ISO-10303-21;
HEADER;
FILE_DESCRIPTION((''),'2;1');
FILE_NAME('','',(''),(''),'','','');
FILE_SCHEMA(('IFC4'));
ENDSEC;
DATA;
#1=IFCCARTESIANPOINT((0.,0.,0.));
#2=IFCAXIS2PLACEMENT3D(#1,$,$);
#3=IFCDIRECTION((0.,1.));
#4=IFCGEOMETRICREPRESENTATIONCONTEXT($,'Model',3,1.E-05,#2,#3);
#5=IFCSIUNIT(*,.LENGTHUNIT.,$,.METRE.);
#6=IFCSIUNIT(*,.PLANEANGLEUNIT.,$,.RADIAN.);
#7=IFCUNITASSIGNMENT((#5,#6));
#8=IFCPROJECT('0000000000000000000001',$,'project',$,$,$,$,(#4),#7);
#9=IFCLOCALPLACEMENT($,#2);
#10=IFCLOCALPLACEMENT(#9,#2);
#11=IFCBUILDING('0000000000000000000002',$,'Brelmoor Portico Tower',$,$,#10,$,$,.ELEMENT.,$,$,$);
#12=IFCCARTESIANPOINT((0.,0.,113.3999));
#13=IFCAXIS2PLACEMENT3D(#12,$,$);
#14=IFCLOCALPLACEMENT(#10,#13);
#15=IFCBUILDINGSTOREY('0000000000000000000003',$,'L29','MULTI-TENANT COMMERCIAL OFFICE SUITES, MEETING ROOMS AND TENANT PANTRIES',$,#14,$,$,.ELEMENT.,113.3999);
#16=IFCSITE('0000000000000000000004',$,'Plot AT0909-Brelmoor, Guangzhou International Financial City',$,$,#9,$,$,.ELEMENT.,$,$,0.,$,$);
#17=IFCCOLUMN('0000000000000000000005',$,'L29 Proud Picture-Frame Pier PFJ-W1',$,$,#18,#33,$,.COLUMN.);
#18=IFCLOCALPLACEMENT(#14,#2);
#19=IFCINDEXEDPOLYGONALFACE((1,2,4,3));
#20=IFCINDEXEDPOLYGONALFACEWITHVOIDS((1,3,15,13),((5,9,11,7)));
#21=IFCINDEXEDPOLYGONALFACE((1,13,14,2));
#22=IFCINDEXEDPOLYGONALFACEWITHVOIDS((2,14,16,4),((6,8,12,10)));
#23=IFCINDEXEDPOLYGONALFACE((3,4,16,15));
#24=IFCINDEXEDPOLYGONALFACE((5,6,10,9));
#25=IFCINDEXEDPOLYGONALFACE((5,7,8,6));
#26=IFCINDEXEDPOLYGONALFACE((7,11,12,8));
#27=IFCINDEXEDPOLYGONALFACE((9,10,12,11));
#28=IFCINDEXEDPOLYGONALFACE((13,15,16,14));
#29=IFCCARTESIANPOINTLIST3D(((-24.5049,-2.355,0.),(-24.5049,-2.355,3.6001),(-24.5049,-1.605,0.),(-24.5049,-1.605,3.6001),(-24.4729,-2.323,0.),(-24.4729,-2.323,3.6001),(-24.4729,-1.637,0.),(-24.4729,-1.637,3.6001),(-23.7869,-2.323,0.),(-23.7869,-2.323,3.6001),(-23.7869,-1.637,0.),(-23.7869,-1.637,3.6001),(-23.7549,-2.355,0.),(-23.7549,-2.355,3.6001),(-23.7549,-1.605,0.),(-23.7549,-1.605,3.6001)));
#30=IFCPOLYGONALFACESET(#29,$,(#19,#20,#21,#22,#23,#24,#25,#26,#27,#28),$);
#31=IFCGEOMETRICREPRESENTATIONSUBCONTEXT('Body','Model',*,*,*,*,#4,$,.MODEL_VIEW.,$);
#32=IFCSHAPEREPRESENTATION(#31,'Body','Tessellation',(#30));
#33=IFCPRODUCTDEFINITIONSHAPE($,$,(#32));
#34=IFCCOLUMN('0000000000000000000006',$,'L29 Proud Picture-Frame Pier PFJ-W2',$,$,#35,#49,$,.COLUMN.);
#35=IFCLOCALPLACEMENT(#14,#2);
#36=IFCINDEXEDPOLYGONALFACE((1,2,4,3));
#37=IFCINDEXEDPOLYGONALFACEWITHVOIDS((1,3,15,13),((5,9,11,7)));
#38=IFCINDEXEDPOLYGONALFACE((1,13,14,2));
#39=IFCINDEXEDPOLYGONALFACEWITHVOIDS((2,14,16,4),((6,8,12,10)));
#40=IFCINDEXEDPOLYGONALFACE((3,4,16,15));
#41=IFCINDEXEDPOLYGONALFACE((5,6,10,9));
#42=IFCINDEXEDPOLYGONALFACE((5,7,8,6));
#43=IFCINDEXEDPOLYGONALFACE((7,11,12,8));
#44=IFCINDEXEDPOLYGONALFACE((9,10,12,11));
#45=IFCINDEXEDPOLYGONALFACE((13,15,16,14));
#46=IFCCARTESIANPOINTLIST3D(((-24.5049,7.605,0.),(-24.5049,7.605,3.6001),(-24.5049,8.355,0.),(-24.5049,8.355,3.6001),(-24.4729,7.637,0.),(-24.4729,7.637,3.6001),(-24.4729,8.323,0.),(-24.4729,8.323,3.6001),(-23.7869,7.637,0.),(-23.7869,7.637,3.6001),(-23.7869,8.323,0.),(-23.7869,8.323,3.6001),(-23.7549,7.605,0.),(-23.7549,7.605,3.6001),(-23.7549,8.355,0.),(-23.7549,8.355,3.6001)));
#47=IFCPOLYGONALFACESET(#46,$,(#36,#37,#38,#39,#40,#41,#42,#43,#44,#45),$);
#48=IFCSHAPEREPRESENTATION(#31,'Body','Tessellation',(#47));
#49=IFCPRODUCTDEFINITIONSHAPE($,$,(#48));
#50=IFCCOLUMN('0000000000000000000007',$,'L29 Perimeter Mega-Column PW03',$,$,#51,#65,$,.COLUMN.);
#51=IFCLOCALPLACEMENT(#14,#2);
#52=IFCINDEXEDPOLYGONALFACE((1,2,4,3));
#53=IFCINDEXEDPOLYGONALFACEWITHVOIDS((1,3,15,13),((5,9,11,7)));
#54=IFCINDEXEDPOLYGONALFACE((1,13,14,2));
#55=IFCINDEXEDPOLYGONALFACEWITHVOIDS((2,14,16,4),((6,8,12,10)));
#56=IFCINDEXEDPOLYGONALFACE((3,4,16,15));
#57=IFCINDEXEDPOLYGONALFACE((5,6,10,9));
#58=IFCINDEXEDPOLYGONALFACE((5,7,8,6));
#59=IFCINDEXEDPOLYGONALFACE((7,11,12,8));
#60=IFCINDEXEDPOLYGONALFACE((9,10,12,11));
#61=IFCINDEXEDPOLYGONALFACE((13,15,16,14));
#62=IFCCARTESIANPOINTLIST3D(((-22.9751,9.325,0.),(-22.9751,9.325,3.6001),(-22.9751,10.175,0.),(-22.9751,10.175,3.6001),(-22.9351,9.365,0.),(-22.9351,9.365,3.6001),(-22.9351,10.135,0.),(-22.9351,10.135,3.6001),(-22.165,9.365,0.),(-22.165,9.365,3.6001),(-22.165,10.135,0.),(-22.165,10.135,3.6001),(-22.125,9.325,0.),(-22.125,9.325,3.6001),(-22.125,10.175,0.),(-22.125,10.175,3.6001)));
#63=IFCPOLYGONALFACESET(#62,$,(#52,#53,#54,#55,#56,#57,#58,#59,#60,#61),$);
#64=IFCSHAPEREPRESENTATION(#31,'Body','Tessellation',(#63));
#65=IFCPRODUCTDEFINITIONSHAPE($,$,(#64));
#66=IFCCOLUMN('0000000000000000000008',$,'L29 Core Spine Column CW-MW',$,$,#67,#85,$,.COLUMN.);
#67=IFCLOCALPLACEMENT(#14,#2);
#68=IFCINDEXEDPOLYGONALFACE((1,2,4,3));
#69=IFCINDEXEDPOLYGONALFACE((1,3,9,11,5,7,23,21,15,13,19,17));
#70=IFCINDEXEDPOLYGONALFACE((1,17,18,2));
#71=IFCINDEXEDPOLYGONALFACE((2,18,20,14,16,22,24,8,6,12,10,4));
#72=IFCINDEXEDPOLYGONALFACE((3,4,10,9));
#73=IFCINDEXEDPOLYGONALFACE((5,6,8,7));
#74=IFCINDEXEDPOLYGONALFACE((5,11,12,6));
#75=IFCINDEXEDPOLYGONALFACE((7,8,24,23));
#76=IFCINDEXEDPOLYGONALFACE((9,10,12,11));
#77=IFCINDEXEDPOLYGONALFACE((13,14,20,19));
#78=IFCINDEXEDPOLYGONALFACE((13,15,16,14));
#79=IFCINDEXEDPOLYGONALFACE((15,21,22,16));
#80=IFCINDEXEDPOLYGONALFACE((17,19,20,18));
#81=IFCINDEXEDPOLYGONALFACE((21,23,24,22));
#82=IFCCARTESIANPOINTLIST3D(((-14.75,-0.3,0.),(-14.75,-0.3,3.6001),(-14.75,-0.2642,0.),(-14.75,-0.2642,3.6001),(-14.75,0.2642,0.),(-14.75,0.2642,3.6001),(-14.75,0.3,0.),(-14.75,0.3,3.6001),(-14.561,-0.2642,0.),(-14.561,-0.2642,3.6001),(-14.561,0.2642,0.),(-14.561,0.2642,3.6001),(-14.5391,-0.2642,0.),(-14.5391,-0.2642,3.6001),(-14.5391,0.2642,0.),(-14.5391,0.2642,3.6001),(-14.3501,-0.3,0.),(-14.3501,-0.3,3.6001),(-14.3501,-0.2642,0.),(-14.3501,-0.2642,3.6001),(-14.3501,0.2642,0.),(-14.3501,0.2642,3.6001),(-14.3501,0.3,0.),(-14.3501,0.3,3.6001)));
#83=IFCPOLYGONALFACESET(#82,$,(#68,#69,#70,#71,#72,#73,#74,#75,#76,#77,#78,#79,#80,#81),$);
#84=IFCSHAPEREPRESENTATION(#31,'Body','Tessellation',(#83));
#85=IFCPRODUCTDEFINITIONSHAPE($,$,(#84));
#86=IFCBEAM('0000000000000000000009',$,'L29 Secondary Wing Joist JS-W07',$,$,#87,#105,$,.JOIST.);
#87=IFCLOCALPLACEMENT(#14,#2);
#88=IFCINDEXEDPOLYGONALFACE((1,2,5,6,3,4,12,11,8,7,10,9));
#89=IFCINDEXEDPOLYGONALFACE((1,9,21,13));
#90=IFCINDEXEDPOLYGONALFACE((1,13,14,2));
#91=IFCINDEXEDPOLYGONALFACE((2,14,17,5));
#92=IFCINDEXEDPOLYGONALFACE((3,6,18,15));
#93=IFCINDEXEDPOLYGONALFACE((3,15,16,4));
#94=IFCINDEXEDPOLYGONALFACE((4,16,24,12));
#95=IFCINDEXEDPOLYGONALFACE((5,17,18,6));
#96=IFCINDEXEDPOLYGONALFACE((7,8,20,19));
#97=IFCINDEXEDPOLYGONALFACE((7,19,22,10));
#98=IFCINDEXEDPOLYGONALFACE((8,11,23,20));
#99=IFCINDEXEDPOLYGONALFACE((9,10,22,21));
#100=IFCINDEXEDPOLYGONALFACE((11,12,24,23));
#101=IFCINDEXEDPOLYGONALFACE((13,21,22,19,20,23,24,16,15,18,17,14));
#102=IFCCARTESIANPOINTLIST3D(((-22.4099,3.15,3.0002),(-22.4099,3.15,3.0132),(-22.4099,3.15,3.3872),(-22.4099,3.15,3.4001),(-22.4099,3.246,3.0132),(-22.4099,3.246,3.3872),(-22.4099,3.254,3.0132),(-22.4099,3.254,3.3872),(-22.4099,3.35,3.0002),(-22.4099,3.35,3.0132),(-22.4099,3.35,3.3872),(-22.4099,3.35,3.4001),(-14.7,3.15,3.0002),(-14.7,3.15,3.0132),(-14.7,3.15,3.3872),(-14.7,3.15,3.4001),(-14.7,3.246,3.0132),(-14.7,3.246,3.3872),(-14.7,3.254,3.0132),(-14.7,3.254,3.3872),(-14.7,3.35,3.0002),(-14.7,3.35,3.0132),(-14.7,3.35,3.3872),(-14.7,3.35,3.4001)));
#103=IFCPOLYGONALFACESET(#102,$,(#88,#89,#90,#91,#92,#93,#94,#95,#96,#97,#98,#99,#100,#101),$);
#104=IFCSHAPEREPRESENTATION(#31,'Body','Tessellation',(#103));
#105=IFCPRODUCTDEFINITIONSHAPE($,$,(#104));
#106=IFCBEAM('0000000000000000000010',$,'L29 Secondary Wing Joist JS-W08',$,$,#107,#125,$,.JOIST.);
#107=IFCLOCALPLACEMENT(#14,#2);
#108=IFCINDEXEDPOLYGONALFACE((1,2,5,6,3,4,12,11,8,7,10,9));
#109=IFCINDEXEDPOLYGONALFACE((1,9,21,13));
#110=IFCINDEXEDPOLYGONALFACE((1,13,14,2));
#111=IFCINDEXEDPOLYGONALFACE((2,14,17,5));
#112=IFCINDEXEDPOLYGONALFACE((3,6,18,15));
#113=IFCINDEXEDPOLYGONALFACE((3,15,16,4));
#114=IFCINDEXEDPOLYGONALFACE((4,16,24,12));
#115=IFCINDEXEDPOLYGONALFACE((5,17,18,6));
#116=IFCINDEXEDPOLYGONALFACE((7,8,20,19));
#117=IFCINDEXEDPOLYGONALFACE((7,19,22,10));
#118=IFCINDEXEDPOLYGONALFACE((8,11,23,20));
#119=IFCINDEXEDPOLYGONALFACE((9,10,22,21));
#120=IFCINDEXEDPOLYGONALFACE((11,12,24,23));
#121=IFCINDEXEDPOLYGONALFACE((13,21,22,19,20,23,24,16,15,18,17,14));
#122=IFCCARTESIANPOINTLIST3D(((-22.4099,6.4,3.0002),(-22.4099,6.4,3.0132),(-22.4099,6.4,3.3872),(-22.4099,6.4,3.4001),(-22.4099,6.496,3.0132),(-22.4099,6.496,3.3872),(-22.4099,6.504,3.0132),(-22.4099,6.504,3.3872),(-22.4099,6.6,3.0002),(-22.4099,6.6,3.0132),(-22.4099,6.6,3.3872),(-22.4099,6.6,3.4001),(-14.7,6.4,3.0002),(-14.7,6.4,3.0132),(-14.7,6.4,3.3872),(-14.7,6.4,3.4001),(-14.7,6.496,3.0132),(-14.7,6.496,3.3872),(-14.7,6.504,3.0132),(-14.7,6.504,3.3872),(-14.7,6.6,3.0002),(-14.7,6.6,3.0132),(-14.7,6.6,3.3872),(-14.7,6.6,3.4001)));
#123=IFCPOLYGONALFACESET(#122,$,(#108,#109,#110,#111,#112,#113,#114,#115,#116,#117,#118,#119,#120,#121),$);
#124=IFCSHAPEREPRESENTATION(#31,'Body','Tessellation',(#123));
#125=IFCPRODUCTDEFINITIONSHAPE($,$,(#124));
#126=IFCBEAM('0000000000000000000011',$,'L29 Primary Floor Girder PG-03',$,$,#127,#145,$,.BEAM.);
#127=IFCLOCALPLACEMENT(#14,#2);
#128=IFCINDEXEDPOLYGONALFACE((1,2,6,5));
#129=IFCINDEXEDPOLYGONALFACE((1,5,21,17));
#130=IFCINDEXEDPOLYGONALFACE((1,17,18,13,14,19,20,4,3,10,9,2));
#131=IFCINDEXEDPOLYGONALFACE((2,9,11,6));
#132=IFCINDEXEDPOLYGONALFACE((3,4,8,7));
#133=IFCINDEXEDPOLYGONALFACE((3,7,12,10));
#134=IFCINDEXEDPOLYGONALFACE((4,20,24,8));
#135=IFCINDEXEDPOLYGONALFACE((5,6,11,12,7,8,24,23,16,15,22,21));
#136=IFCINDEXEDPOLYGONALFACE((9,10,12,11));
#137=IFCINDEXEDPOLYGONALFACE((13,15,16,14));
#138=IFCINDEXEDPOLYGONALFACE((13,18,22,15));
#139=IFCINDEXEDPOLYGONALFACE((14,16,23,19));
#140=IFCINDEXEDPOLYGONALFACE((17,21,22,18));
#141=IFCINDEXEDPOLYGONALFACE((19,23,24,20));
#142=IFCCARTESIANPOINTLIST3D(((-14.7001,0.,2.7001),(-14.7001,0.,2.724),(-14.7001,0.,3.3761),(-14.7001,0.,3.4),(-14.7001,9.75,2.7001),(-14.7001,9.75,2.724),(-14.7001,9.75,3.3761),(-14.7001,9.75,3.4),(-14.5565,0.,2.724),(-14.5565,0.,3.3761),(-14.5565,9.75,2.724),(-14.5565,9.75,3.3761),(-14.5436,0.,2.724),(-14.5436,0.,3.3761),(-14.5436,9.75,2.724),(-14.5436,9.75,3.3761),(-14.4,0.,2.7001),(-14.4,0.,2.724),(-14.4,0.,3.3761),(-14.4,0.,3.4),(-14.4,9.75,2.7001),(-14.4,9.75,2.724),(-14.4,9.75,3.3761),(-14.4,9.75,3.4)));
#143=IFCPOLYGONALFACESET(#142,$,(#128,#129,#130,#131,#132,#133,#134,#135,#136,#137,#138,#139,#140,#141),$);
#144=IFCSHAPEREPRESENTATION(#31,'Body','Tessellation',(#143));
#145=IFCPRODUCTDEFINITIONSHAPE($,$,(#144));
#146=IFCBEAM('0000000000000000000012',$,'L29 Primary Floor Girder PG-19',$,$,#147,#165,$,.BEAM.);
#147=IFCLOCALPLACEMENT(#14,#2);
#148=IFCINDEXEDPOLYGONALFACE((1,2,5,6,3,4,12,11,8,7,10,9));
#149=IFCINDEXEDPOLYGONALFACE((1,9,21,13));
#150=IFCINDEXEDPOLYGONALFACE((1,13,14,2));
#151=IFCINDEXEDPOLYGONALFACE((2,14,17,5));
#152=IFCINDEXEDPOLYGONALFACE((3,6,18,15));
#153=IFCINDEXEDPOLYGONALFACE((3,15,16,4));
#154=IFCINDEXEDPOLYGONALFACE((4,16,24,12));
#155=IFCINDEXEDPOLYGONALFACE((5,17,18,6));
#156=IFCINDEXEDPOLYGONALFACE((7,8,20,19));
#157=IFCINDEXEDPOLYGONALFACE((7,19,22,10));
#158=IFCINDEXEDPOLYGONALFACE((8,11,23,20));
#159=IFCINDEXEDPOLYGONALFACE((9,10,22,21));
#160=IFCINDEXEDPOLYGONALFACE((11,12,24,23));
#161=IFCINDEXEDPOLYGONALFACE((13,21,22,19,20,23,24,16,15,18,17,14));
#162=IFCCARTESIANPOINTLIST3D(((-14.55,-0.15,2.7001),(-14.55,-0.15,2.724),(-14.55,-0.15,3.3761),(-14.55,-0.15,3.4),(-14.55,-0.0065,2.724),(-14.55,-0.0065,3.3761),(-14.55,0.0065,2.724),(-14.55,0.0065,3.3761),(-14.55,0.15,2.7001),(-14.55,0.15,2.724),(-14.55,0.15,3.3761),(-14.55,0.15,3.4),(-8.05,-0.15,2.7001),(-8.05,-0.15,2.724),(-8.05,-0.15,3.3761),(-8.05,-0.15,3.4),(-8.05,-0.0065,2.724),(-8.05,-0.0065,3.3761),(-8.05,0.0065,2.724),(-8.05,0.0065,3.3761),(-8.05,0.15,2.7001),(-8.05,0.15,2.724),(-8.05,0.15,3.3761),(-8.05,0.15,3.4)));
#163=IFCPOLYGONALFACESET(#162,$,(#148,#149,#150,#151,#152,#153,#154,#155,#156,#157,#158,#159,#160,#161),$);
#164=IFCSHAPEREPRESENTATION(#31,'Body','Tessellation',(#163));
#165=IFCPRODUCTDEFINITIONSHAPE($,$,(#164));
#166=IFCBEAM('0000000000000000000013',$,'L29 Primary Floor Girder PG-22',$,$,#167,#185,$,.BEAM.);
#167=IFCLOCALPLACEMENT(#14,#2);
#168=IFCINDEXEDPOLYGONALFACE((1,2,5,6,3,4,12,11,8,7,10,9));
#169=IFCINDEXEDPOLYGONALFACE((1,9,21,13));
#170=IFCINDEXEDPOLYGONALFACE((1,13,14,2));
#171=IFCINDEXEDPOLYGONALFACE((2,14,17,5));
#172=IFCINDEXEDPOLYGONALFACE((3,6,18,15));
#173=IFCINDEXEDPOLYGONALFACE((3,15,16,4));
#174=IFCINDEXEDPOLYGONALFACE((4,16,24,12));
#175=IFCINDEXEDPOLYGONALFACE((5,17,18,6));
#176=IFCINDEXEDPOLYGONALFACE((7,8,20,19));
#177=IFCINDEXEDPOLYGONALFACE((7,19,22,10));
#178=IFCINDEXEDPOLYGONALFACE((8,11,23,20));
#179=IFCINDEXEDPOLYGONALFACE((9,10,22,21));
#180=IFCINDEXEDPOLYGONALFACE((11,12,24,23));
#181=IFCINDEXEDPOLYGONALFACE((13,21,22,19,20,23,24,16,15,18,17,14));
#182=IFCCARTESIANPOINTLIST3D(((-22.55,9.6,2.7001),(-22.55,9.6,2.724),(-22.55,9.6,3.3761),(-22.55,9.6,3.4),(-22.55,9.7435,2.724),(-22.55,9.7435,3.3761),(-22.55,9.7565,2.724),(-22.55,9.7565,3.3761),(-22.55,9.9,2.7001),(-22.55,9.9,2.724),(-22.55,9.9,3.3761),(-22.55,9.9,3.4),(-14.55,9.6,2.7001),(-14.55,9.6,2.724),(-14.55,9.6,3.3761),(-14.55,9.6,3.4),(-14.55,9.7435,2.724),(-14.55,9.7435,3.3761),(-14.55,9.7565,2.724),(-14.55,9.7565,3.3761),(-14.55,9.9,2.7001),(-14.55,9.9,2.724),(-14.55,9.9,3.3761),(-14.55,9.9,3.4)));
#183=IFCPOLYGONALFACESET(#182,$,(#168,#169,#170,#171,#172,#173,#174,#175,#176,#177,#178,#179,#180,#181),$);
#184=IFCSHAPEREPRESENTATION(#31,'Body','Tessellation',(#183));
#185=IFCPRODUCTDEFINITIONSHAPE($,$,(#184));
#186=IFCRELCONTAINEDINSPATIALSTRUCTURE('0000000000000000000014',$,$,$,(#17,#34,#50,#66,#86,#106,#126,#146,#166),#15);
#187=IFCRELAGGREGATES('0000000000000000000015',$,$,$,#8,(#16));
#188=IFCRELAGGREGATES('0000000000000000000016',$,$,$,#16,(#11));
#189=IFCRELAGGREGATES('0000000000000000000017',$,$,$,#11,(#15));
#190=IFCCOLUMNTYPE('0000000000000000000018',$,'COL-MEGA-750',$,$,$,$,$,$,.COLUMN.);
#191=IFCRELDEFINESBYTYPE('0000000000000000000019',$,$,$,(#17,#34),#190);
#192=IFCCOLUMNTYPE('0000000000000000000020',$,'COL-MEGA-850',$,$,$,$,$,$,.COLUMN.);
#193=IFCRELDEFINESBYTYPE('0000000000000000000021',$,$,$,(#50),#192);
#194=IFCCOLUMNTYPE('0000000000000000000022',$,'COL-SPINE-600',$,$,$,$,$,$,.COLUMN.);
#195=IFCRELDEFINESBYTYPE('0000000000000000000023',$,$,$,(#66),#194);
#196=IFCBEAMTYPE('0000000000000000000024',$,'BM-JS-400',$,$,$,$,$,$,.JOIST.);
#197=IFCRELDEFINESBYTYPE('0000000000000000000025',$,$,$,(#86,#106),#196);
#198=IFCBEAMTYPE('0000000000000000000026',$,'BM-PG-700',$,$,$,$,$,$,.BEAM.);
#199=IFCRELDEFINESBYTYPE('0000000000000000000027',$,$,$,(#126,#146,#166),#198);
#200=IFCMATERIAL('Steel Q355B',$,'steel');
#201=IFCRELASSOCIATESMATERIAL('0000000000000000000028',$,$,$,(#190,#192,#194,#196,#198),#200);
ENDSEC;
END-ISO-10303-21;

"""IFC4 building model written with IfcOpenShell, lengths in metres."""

from ifc_helpers import new_model, si_unit, direction, frame, origin, origin_2d, place, context, subcontext, project, spatial, hollow_rectangle, i_section, extrude, material, material_profile, profile_set, type_object, element, save


model = new_model("IFC4")

# Units and contexts
model_context = context("Model", 3, precision=1e-05, world=origin(), true_north=direction((0.0, 1.0)))
body_context = subcontext(model_context, "Body", "Model", "MODEL_VIEW")
ifc_project = project(units=[si_unit("LENGTHUNIT", "METRE"), si_unit("PLANEANGLEUNIT", "RADIAN")], contexts=[model_context])

# Site, building, storey
site_placement = place(None, origin())
site = spatial("IfcSite", under=ifc_project, at=site_placement, Name="Plot AT0909-Brelmoor, Guangzhou International Financial City", CompositionType="ELEMENT", RefElevation=0.0)
building_placement = place(site_placement, origin())
building = spatial("IfcBuilding", under=site, at=building_placement, Name="Brelmoor Portico Tower", CompositionType="ELEMENT")
storey_placement = place(building_placement, frame((0.0, 0.0, 113.3999)))
storey = spatial("IfcBuildingStorey", under=building, at=storey_placement, Name="L29", Description="MULTI-TENANT COMMERCIAL OFFICE SUITES, MEETING ROOMS AND TENANT PANTRIES", CompositionType="ELEMENT", Elevation=113.3999)

# Columns
ifc_material_1 = material(Name="Steel Q355B", Category="steel")
ifc_material_profile_1 = material_profile(ifc_material_1, hollow_rectangle(XDim=0.75, YDim=0.75, WallThickness=0.032, at=origin_2d()), Name="BOX 750x750x32")
ifc_profile_set_1 = profile_set([ifc_material_profile_1], Name="Steel Q355B")
column_type_1 = type_object("IfcColumnType", Name="COL-MEGA-750", PredefinedType="COLUMN", material=ifc_profile_set_1)
for number, where, z_axis, x_axis, name in (
    (1, (-24.1299, -1.98, 0.0), (0.0, 0.0, 1.0), (0.0, 1.0, 0.0), "L29 Proud Picture-Frame Pier PFJ-W1"),
    (2, (-24.1299, 7.98, 0.0), (0.0, 0.0, 1.0), (0.0, 1.0, 0.0), "L29 Proud Picture-Frame Pier PFJ-W2"),
):
    element("IfcColumn", number, at=place(storey_placement, frame(where, z_axis=z_axis, x_axis=x_axis)), inside=storey, type_object=column_type_1, Name=name, PredefinedType="COLUMN", context=body_context, shape_type="SweptSolid", body=[
        extrude(hollow_rectangle(XDim=0.75, YDim=0.75, WallThickness=0.032, at=origin_2d()), origin(), (0.0, 0.0, 1.0), 3.6001),
    ])
ifc_material_profile_2 = material_profile(ifc_material_1, hollow_rectangle(XDim=0.8501, YDim=0.8501, WallThickness=0.04, at=origin_2d()), Name="BOX 850x850x40")
ifc_profile_set_2 = profile_set([ifc_material_profile_2], Name="Steel Q355B")
column_type_2 = type_object("IfcColumnType", Name="COL-MEGA-850", PredefinedType="COLUMN", material=ifc_profile_set_2)
column_1_placement = place(storey_placement, frame((-22.55, 9.75, 0.0), z_axis=(0.0, 0.0, 1.0), x_axis=(0.0, 1.0, 0.0)))
element("IfcColumn", 3, at=column_1_placement, inside=storey, type_object=column_type_2, Name="L29 Perimeter Mega-Column PW03", PredefinedType="COLUMN", context=body_context, shape_type="SweptSolid", body=[
    extrude(hollow_rectangle(XDim=0.8501, YDim=0.8501, WallThickness=0.04, at=origin_2d()), origin(), (0.0, 0.0, 1.0), 3.6001),
])
ifc_material_profile_3 = material_profile(ifc_material_1, i_section(OverallWidth=0.3999, OverallDepth=0.6001, WebThickness=0.022, FlangeThickness=0.0359, at=origin_2d()), Name="HW 600x400x22x36")
ifc_profile_set_3 = profile_set([ifc_material_profile_3], Name="Steel Q355B")
column_type_3 = type_object("IfcColumnType", Name="COL-SPINE-600", PredefinedType="COLUMN", material=ifc_profile_set_3)
column_2_placement = place(storey_placement, frame((-14.55, 0.0, 0.0), z_axis=(0.0, 0.0, 1.0), x_axis=(1.0, 0.0, 0.0)))
element("IfcColumn", 4, at=column_2_placement, inside=storey, type_object=column_type_3, Name="L29 Core Spine Column CW-MW", PredefinedType="COLUMN", context=body_context, shape_type="SweptSolid", body=[
    extrude(i_section(OverallWidth=0.3999, OverallDepth=0.6001, WebThickness=0.022, FlangeThickness=0.0359, at=origin_2d()), origin(), (0.0, 0.0, 1.0), 3.6001),
])

# Beams
ifc_material_profile_4 = material_profile(ifc_material_1, i_section(OverallWidth=0.2, OverallDepth=0.3999, WebThickness=0.0081, FlangeThickness=0.0129, at=origin_2d()), Name="HN 400x200x8x13")
ifc_profile_set_4 = profile_set([ifc_material_profile_4], Name="Steel Q355B")
beam_type_1 = type_object("IfcBeamType", Name="BM-JS-400", PredefinedType="JOIST", material=ifc_profile_set_4)
for number, where, z_axis, x_axis, name in (
    (5, (-22.4099, 3.25, 3.2002), (1.0, 0.0, 0.0), (0.0, 1.0, 0.0), "L29 Secondary Wing Joist JS-W07"),
    (6, (-22.4099, 6.5, 3.2002), (1.0, 0.0, 0.0), (0.0, 1.0, 0.0), "L29 Secondary Wing Joist JS-W08"),
):
    element("IfcBeam", number, at=place(storey_placement, frame(where, z_axis=z_axis, x_axis=x_axis)), inside=storey, type_object=beam_type_1, Name=name, PredefinedType="JOIST", context=body_context, shape_type="SweptSolid", body=[
        extrude(i_section(OverallWidth=0.2, OverallDepth=0.3999, WebThickness=0.0081, FlangeThickness=0.0129, at=origin_2d()), origin(), (0.0, 0.0, 1.0), 7.71),
    ])
ifc_material_profile_5 = material_profile(ifc_material_1, i_section(OverallWidth=0.3, OverallDepth=0.7, WebThickness=0.0129, FlangeThickness=0.0239, at=origin_2d()), Name="HN 700x300x13x24")
ifc_profile_set_5 = profile_set([ifc_material_profile_5], Name="Steel Q355B")
beam_type_2 = type_object("IfcBeamType", Name="BM-PG-700", PredefinedType="BEAM", material=ifc_profile_set_5)
beam_1_placement = place(storey_placement, frame((-14.55, 0.0, 3.05), z_axis=(0.0, 1.0, 0.0), x_axis=(-1.0, 0.0, 0.0)))
element("IfcBeam", 7, at=beam_1_placement, inside=storey, type_object=beam_type_2, Name="L29 Primary Floor Girder PG-03", PredefinedType="BEAM", context=body_context, shape_type="SweptSolid", body=[
    extrude(i_section(OverallWidth=0.3, OverallDepth=0.7, WebThickness=0.0129, FlangeThickness=0.0239, at=origin_2d()), origin(), (0.0, 0.0, 1.0), 9.75),
])
beam_2_placement = place(storey_placement, frame((-14.55, 0.0, 3.05), z_axis=(1.0, 0.0, 0.0), x_axis=(0.0, 1.0, 0.0)))
element("IfcBeam", 8, at=beam_2_placement, inside=storey, type_object=beam_type_2, Name="L29 Primary Floor Girder PG-19", PredefinedType="BEAM", context=body_context, shape_type="SweptSolid", body=[
    extrude(i_section(OverallWidth=0.3, OverallDepth=0.7, WebThickness=0.0129, FlangeThickness=0.0239, at=origin_2d()), origin(), (0.0, 0.0, 1.0), 6.5),
])
beam_3_placement = place(storey_placement, frame((-22.55, 9.75, 3.05), z_axis=(1.0, 0.0, 0.0), x_axis=(0.0, 1.0, 0.0)))
element("IfcBeam", 9, at=beam_3_placement, inside=storey, type_object=beam_type_2, Name="L29 Primary Floor Girder PG-22", PredefinedType="BEAM", context=body_context, shape_type="SweptSolid", body=[
    extrude(i_section(OverallWidth=0.3, OverallDepth=0.7, WebThickness=0.0129, FlangeThickness=0.0239, at=origin_2d()), origin(), (0.0, 0.0, 1.0), 8.0),
])

save(model, "model.ifc")
